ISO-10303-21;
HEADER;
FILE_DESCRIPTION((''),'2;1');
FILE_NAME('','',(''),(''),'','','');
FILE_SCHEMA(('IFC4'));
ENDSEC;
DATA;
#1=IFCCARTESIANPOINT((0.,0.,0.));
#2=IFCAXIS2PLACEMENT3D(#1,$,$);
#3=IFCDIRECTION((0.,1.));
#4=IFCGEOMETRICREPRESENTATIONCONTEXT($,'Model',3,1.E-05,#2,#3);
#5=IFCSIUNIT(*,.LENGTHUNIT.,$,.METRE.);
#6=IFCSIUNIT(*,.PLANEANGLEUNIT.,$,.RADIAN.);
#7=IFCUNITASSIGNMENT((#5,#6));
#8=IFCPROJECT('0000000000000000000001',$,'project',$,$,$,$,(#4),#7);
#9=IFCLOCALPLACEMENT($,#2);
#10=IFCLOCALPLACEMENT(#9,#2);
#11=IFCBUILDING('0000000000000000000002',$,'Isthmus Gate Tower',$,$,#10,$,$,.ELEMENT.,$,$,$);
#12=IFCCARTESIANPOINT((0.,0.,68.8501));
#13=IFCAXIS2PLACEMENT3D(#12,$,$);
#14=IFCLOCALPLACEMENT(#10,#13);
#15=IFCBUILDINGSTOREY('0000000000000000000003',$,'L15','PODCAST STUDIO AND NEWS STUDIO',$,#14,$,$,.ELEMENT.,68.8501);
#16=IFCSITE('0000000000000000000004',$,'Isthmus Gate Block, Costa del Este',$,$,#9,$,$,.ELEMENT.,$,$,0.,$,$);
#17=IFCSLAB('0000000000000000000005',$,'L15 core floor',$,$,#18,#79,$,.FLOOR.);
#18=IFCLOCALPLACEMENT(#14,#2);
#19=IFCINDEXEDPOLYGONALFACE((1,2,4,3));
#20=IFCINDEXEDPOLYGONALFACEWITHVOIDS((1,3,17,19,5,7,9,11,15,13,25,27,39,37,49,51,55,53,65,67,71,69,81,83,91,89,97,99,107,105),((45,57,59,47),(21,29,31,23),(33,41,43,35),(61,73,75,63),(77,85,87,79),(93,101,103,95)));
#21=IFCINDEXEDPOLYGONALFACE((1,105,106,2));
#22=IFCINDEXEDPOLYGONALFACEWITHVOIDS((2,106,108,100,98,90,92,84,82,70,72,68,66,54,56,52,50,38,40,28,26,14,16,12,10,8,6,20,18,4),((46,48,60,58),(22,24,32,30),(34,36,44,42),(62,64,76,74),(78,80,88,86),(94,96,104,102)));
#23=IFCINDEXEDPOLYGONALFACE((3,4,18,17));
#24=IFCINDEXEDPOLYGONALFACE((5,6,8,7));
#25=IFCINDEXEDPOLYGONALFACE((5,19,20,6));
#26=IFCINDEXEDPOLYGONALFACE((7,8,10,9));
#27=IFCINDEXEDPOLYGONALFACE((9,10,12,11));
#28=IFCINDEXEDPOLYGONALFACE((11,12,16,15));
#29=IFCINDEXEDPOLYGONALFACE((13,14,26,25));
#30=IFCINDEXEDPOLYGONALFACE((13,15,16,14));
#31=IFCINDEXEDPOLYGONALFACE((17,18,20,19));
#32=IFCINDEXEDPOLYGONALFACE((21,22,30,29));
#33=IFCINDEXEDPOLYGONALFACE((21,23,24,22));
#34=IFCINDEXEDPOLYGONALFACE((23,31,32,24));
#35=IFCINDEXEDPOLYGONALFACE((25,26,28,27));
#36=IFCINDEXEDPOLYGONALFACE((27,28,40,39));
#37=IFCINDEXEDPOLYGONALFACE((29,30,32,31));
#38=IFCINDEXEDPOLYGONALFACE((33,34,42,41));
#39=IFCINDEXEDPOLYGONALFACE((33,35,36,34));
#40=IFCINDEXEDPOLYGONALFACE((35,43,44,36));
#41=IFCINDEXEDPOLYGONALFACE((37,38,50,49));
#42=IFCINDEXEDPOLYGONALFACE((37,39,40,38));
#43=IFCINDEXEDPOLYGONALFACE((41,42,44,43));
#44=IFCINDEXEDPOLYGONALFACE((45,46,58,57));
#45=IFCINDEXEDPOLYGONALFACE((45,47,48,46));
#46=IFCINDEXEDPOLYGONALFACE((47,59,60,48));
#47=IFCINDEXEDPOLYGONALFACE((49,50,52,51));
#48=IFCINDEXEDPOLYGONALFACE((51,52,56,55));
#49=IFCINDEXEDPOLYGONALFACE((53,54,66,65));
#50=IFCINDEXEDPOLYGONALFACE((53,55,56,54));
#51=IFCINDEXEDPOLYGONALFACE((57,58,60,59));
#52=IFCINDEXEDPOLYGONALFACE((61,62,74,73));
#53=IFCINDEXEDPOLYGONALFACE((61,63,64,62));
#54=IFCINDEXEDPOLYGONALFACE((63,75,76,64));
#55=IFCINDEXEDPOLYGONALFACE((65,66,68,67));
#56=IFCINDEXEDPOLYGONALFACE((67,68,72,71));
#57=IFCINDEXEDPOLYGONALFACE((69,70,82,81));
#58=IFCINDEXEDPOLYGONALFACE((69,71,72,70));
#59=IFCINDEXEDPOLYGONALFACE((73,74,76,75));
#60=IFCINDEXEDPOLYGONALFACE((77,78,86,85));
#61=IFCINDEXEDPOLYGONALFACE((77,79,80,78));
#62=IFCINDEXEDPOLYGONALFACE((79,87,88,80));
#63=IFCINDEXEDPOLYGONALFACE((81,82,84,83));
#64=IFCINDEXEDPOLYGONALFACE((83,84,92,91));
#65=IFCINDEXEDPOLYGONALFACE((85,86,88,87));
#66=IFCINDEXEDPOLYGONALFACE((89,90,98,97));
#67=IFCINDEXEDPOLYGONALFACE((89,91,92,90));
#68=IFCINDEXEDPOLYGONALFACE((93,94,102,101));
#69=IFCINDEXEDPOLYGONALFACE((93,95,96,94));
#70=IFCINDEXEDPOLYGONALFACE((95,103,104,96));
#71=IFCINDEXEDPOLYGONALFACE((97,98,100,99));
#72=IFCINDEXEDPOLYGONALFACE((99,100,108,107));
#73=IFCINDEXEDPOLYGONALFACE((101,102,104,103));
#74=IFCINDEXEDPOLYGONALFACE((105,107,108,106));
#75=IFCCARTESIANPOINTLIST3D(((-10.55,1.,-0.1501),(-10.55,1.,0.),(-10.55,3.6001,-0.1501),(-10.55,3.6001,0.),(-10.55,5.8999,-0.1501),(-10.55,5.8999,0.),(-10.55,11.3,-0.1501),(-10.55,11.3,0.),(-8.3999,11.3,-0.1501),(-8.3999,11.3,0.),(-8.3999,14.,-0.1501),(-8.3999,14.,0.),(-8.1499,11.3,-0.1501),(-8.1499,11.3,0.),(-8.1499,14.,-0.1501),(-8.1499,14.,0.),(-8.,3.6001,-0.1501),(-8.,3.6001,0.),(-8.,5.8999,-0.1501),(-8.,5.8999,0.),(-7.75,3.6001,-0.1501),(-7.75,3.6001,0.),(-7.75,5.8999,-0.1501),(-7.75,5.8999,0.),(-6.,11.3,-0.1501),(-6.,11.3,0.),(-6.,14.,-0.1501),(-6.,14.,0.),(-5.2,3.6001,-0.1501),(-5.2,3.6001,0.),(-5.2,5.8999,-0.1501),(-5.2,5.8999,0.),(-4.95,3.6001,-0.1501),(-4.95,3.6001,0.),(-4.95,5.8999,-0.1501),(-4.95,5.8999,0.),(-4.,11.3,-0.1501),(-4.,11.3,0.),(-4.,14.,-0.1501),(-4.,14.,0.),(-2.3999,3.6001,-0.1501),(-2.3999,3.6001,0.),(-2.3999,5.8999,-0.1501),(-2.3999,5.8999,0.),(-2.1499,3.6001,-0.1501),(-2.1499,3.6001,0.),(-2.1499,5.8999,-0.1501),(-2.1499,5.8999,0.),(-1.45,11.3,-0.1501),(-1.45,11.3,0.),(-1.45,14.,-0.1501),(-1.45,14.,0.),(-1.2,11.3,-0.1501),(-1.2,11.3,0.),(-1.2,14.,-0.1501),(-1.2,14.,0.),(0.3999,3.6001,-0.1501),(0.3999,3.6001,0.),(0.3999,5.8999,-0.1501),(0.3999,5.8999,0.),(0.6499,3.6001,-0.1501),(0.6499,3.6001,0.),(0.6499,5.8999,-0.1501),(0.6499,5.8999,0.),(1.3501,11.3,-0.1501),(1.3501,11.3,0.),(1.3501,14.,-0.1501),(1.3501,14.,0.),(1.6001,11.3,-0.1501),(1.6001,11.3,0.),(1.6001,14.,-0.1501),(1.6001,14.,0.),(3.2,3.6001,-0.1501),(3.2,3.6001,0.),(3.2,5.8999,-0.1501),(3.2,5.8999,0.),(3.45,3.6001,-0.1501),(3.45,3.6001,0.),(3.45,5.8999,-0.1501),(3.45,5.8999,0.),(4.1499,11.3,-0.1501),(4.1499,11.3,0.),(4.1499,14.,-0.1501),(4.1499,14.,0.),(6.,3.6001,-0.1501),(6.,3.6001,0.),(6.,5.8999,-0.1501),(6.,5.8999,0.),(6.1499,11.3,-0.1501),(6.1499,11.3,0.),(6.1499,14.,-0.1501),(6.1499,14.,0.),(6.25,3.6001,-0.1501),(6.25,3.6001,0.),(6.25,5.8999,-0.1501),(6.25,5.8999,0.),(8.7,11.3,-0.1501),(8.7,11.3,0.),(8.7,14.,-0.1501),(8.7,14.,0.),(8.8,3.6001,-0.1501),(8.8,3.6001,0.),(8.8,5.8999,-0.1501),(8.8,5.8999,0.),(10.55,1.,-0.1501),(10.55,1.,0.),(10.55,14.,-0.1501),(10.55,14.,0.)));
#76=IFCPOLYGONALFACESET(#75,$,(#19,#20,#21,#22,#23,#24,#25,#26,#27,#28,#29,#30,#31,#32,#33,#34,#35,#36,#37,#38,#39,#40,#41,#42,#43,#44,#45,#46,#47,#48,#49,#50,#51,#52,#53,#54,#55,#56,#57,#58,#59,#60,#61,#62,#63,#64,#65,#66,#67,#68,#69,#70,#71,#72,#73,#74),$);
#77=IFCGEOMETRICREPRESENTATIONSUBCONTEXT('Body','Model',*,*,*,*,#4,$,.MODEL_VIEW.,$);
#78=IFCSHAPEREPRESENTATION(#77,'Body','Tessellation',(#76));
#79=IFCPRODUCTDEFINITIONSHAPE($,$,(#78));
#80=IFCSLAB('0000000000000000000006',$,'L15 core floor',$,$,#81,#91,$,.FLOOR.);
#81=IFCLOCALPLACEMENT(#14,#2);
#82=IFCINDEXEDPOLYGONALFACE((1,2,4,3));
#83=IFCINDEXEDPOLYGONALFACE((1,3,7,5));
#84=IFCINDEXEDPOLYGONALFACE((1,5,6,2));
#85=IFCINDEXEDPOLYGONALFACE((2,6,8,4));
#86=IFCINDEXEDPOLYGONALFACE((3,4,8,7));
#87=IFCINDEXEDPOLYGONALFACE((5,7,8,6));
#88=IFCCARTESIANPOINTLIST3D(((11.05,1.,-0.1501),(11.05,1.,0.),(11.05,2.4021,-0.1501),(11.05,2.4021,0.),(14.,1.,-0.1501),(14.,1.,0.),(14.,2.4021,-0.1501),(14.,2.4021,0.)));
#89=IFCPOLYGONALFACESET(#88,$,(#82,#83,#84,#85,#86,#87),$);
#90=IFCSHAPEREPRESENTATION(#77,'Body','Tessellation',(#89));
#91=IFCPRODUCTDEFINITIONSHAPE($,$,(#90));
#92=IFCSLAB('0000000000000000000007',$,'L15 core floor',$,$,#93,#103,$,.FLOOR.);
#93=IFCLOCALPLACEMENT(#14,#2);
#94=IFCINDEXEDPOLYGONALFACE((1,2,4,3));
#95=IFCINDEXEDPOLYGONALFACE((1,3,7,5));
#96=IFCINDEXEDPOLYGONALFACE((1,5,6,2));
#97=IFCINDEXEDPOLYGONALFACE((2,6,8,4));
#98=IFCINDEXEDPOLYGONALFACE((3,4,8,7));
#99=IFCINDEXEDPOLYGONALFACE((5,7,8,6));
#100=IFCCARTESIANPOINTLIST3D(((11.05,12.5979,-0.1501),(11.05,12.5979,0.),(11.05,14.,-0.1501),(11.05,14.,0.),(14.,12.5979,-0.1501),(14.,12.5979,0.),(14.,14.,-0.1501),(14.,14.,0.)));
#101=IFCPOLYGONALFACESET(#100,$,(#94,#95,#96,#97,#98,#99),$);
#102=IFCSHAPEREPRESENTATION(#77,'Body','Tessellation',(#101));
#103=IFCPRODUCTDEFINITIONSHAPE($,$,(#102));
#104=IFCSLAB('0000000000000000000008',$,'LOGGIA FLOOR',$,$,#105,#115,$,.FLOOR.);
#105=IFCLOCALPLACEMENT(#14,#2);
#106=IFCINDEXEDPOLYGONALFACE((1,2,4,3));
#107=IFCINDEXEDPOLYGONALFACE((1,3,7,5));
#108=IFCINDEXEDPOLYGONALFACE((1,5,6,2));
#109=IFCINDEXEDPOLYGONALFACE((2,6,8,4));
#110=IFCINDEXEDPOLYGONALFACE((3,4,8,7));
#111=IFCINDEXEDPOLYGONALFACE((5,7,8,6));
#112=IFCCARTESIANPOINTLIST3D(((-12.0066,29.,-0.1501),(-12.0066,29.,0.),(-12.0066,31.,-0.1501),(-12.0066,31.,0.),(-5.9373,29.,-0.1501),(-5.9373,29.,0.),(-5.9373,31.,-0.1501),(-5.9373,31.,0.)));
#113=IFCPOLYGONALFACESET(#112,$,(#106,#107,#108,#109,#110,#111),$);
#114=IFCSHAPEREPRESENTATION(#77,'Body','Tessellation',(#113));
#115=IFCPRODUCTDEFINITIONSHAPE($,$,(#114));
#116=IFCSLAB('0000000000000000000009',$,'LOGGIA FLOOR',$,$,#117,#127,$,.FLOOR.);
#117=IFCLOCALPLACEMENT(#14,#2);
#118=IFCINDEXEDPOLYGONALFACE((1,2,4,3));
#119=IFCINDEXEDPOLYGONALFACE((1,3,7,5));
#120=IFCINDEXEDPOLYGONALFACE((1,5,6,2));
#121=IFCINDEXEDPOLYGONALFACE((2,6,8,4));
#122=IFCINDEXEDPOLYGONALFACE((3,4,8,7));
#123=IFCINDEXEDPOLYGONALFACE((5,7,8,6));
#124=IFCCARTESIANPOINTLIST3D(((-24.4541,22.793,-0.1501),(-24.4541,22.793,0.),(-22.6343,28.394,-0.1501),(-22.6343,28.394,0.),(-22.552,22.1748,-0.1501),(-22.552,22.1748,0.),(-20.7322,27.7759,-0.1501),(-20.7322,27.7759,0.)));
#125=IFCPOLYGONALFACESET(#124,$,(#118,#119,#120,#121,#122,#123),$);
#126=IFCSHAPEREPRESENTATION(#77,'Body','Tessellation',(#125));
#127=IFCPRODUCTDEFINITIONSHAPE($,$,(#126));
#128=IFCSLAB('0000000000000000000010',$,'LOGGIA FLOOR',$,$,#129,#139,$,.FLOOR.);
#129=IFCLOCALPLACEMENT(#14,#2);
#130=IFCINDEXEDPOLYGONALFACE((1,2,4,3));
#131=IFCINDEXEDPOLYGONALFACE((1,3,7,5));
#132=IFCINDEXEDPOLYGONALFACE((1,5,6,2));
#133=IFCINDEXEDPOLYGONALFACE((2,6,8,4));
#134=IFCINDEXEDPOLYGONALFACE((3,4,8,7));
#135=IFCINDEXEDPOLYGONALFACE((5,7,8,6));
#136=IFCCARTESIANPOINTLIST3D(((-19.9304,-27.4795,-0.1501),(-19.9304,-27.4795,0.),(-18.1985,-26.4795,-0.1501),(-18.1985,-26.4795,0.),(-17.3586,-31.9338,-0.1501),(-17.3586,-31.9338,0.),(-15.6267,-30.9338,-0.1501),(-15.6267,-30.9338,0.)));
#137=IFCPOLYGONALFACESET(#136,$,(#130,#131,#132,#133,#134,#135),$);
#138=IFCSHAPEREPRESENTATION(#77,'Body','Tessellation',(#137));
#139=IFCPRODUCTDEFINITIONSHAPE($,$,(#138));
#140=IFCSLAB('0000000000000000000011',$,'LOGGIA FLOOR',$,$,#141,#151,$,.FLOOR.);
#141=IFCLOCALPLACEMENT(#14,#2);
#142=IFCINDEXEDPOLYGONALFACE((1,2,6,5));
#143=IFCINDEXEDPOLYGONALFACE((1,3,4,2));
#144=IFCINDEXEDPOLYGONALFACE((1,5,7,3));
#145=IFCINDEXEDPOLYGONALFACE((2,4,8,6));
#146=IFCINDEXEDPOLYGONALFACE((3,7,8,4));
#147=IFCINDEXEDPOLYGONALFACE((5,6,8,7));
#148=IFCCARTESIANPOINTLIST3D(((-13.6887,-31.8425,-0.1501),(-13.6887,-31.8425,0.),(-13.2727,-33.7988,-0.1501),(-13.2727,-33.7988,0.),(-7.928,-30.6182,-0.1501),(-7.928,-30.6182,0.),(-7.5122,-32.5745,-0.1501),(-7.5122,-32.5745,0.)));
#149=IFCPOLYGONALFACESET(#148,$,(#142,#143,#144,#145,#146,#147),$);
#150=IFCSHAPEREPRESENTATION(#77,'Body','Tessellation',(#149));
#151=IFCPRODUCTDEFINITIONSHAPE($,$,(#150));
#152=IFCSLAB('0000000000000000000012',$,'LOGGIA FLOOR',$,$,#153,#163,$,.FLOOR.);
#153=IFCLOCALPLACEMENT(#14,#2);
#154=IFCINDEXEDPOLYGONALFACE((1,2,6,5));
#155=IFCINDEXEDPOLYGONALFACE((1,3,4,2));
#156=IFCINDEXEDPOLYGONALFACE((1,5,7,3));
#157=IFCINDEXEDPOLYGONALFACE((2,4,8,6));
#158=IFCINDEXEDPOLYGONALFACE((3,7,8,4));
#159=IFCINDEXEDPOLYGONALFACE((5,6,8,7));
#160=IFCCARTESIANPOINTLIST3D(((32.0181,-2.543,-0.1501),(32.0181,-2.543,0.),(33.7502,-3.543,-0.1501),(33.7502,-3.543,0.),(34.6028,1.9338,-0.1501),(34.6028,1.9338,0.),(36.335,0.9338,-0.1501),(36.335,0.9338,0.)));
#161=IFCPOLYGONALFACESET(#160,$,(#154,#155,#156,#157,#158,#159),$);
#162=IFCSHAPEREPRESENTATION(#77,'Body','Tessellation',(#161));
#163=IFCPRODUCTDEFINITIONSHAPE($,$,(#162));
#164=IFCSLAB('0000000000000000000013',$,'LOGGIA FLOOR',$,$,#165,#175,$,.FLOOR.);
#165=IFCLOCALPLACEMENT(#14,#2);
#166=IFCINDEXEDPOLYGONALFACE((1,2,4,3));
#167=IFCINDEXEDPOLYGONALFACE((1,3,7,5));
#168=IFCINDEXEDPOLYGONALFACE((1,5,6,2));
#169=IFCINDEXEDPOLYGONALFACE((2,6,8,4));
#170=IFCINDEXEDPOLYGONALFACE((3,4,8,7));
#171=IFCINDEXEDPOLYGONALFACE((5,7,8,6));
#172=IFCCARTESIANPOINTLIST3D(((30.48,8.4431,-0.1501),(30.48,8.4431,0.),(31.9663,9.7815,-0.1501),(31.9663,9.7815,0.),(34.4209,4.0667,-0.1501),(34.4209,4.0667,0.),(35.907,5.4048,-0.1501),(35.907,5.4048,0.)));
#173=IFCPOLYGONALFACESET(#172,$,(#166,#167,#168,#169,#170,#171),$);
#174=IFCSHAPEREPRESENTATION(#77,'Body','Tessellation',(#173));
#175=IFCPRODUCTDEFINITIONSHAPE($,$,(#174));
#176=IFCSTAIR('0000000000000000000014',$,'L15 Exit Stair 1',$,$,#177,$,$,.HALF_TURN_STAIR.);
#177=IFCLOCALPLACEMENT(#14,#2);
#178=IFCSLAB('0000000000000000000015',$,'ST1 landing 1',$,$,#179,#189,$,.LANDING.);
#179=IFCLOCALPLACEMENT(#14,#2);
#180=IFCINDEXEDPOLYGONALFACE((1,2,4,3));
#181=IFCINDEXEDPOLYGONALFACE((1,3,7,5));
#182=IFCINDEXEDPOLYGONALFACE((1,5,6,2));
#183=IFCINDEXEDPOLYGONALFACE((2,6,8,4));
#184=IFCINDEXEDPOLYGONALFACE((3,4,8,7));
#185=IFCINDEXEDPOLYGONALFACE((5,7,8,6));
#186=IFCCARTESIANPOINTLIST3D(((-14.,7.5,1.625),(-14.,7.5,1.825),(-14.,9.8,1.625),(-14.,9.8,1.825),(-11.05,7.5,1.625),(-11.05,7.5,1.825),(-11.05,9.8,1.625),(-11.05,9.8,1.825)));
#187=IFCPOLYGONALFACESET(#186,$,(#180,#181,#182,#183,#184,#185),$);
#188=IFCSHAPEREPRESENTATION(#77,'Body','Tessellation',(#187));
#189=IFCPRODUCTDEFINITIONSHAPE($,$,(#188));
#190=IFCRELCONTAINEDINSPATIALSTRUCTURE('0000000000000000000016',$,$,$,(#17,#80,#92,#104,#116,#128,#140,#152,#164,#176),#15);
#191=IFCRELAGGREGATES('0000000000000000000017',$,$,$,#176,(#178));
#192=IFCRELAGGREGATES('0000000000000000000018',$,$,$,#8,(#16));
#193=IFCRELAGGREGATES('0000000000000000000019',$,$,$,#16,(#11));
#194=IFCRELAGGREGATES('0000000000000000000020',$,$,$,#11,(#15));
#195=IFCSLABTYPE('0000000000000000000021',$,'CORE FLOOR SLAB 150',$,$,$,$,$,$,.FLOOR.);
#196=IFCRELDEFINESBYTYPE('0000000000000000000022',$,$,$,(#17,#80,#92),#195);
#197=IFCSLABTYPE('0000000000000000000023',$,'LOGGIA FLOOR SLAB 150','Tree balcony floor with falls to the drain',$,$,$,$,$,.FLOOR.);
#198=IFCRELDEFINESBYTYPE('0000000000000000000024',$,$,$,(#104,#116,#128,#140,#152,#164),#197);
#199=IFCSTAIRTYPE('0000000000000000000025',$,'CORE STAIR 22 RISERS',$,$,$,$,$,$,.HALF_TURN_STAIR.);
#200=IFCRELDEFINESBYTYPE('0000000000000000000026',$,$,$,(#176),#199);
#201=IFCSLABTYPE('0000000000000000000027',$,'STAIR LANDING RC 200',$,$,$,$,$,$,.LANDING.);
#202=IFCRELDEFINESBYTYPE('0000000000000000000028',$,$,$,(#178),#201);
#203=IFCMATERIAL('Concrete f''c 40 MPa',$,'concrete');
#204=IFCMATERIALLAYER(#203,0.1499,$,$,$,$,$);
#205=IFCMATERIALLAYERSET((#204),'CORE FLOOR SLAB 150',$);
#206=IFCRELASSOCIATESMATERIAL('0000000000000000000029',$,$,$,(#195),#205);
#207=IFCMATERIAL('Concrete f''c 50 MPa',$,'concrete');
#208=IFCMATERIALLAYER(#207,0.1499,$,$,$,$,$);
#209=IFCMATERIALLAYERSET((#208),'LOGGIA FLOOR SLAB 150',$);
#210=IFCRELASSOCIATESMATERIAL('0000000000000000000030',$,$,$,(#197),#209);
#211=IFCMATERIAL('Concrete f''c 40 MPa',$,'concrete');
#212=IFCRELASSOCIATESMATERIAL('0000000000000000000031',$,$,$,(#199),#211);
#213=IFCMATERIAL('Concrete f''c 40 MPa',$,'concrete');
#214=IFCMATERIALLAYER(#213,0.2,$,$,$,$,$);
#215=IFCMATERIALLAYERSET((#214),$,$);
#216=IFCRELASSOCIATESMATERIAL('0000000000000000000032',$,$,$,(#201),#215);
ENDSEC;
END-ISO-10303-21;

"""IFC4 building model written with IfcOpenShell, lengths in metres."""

from ifc_helpers import new_model, si_unit, direction, frame, origin, place, context, subcontext, project, spatial, polyline, outline, extrude, material, layer, layer_set, type_object, element, aggregate, save


model = new_model("IFC4")

# Units and contexts
model_context = context("Model", 3, precision=1e-05, world=origin(), true_north=direction((0.0, 1.0)))
body_context = subcontext(model_context, "Body", "Model", "MODEL_VIEW")
ifc_project = project(units=[si_unit("LENGTHUNIT", "METRE"), si_unit("PLANEANGLEUNIT", "RADIAN")], contexts=[model_context])

# Site, building, storey
site_placement = place(None, origin())
site = spatial("IfcSite", under=ifc_project, at=site_placement, Name="Isthmus Gate Block, Costa del Este", CompositionType="ELEMENT", RefElevation=0.0)
building_placement = place(site_placement, origin())
building = spatial("IfcBuilding", under=site, at=building_placement, Name="Isthmus Gate Tower", CompositionType="ELEMENT")
storey_placement = place(building_placement, frame((0.0, 0.0, 68.8501)))
storey = spatial("IfcBuildingStorey", under=building, at=storey_placement, Name="L15", Description="PODCAST STUDIO AND NEWS STUDIO", CompositionType="ELEMENT", Elevation=68.8501)

# Slabs
ifc_material_1 = material(Name="Concrete f'c 40 MPa", Category="concrete")
ifc_layer_1 = layer(ifc_material_1, 0.1499)
ifc_layer_set_1 = layer_set([ifc_layer_1], Name="CORE FLOOR SLAB 150")
slab_type_1 = type_object("IfcSlabType", Name="CORE FLOOR SLAB 150", PredefinedType="FLOOR", material=ifc_layer_set_1)
slab_1_placement = place(storey_placement, frame((0.0, 0.0, -0.1501)))
element("IfcSlab", 1, at=slab_1_placement, inside=storey, type_object=slab_type_1, Name="L15 core floor", PredefinedType="FLOOR", context=body_context, shape_type="SweptSolid", body=[
    extrude(outline(polyline([(10.55, 14.0), (8.7, 14.0), (8.7, 11.3), (6.1499, 11.3), (6.1499, 14.0), (4.1499, 14.0), (4.1499, 11.3), (1.6001, 11.3), (1.6001, 14.0), (1.3501, 14.0), (1.3501, 11.3), (-1.2, 11.3), (-1.2, 14.0), (-1.45, 14.0), (-1.45, 11.3), (-4.0, 11.3), (-4.0, 14.0), (-6.0, 14.0), (-6.0, 11.3), (-8.1499, 11.3), (-8.1499, 14.0), (-8.3999, 14.0), (-8.3999, 11.3), (-10.55, 11.3), (-10.55, 5.8999), (-8.0, 5.8999), (-8.0, 3.6001), (-10.55, 3.6001), (-10.55, 1.0), (10.55, 1.0), (10.55, 14.0)]), holes=[polyline([(-5.2, 5.8999), (-5.2, 3.6001), (-7.75, 3.6001), (-7.75, 5.8999), (-5.2, 5.8999)]), polyline([(-2.3999, 5.8999), (-2.3999, 3.6001), (-4.95, 3.6001), (-4.95, 5.8999), (-2.3999, 5.8999)]), polyline([(0.3999, 5.8999), (0.3999, 3.6001), (-2.1499, 3.6001), (-2.1499, 5.8999), (0.3999, 5.8999)]), polyline([(3.2, 5.8999), (3.2, 3.6001), (0.6499, 3.6001), (0.6499, 5.8999), (3.2, 5.8999)]), polyline([(6.0, 5.8999), (6.0, 3.6001), (3.45, 3.6001), (3.45, 5.8999), (6.0, 5.8999)]), polyline([(8.8, 5.8999), (8.8, 3.6001), (6.25, 3.6001), (6.25, 5.8999), (8.8, 5.8999)])]), origin(), (0.0, 0.0, 1.0), 0.1501),
])
slab_2_placement = place(storey_placement, frame((0.0, 0.0, -0.1501)))
element("IfcSlab", 2, at=slab_2_placement, inside=storey, type_object=slab_type_1, Name="L15 core floor", PredefinedType="FLOOR", context=body_context, shape_type="SweptSolid", body=[
    extrude(outline(polyline([(14.0, 1.0), (14.0, 2.4021), (11.05, 2.4021), (11.05, 1.0), (14.0, 1.0)])), origin(), (0.0, 0.0, 1.0), 0.1501),
])
slab_3_placement = place(storey_placement, frame((0.0, 0.0, -0.1501)))
element("IfcSlab", 3, at=slab_3_placement, inside=storey, type_object=slab_type_1, Name="L15 core floor", PredefinedType="FLOOR", context=body_context, shape_type="SweptSolid", body=[
    extrude(outline(polyline([(11.05, 14.0), (11.05, 12.5979), (14.0, 12.5979), (14.0, 14.0), (11.05, 14.0)])), origin(), (0.0, 0.0, 1.0), 0.1501),
])
ifc_material_2 = material(Name="Concrete f'c 50 MPa", Category="concrete")
ifc_layer_2 = layer(ifc_material_2, 0.1499)
ifc_layer_set_2 = layer_set([ifc_layer_2], Name="LOGGIA FLOOR SLAB 150")
slab_type_2 = type_object("IfcSlabType", Name="LOGGIA FLOOR SLAB 150", Description="Tree balcony floor with falls to the drain", PredefinedType="FLOOR", material=ifc_layer_set_2)
slab_4_placement = place(storey_placement, frame((0.0, 0.0, -0.1501)))
element("IfcSlab", 4, at=slab_4_placement, inside=storey, type_object=slab_type_2, Name="LOGGIA FLOOR", PredefinedType="FLOOR", context=body_context, shape_type="SweptSolid", body=[
    extrude(outline(polyline([(-5.9373, 31.0), (-12.0066, 31.0), (-12.0066, 29.0), (-5.9373, 29.0), (-5.9373, 31.0)])), origin(), (0.0, 0.0, 1.0), 0.1501),
])
slab_5_placement = place(storey_placement, frame((0.0, 0.0, -0.1501)))
element("IfcSlab", 5, at=slab_5_placement, inside=storey, type_object=slab_type_2, Name="LOGGIA FLOOR", PredefinedType="FLOOR", context=body_context, shape_type="SweptSolid", body=[
    extrude(outline(polyline([(-22.6343, 28.394), (-24.4541, 22.793), (-22.552, 22.1748), (-20.7322, 27.7759), (-22.6343, 28.394)])), origin(), (0.0, 0.0, 1.0), 0.1501),
])
slab_6_placement = place(storey_placement, frame((0.0, 0.0, -0.1501)))
element("IfcSlab", 6, at=slab_6_placement, inside=storey, type_object=slab_type_2, Name="LOGGIA FLOOR", PredefinedType="FLOOR", context=body_context, shape_type="SweptSolid", body=[
    extrude(outline(polyline([(-19.9304, -27.4795), (-17.3586, -31.9338), (-15.6267, -30.9338), (-18.1985, -26.4795), (-19.9304, -27.4795)])), origin(), (0.0, 0.0, 1.0), 0.1501),
])
slab_7_placement = place(storey_placement, frame((0.0, 0.0, -0.1501)))
element("IfcSlab", 7, at=slab_7_placement, inside=storey, type_object=slab_type_2, Name="LOGGIA FLOOR", PredefinedType="FLOOR", context=body_context, shape_type="SweptSolid", body=[
    extrude(outline(polyline([(-13.2727, -33.7988), (-7.5122, -32.5745), (-7.928, -30.6182), (-13.6887, -31.8425), (-13.2727, -33.7988)])), origin(), (0.0, 0.0, 1.0), 0.1501),
])
slab_8_placement = place(storey_placement, frame((0.0, 0.0, -0.1501)))
element("IfcSlab", 8, at=slab_8_placement, inside=storey, type_object=slab_type_2, Name="LOGGIA FLOOR", PredefinedType="FLOOR", context=body_context, shape_type="SweptSolid", body=[
    extrude(outline(polyline([(33.7502, -3.543), (36.335, 0.9338), (34.6028, 1.9338), (32.0181, -2.543), (33.7502, -3.543)])), origin(), (0.0, 0.0, 1.0), 0.1501),
])
slab_9_placement = place(storey_placement, frame((0.0, 0.0, -0.1501)))
element("IfcSlab", 9, at=slab_9_placement, inside=storey, type_object=slab_type_2, Name="LOGGIA FLOOR", PredefinedType="FLOOR", context=body_context, shape_type="SweptSolid", body=[
    extrude(outline(polyline([(35.907, 5.4048), (31.9663, 9.7815), (30.48, 8.4431), (34.4209, 4.0667), (35.907, 5.4048)])), origin(), (0.0, 0.0, 1.0), 0.1501),
])

# Stair, slab
ifc_material_3 = material(Name="Concrete f'c 40 MPa", Category="concrete")
stair_type = type_object("IfcStairType", Name="CORE STAIR 22 RISERS", PredefinedType="HALF_TURN_STAIR", material=ifc_material_3)
stair_1_placement = place(storey_placement, origin())
stair_1 = element("IfcStair", 10, at=stair_1_placement, inside=storey, type_object=stair_type, Name="L15 Exit Stair 1", PredefinedType="HALF_TURN_STAIR")
ifc_material_4 = material(Name="Concrete f'c 40 MPa", Category="concrete")
ifc_layer_3 = layer(ifc_material_4, 0.2)
ifc_layer_set_3 = layer_set([ifc_layer_3])
slab_type_3 = type_object("IfcSlabType", Name="STAIR LANDING RC 200", PredefinedType="LANDING", material=ifc_layer_set_3)
slab_10_placement = place(storey_placement, frame((0.0, 0.0, 1.625)))
slab_10 = element("IfcSlab", 11, at=slab_10_placement, type_object=slab_type_3, Name="ST1 landing 1", PredefinedType="LANDING", context=body_context, shape_type="SweptSolid", body=[
    extrude(outline(polyline([(-14.0, 9.8), (-14.0, 7.5), (-11.05, 7.5), (-11.05, 9.8), (-14.0, 9.8)])), origin(), (0.0, 0.0, 1.0), 0.2),
])
aggregate(stair_1, [slab_10])

save(model, "model.ifc")
